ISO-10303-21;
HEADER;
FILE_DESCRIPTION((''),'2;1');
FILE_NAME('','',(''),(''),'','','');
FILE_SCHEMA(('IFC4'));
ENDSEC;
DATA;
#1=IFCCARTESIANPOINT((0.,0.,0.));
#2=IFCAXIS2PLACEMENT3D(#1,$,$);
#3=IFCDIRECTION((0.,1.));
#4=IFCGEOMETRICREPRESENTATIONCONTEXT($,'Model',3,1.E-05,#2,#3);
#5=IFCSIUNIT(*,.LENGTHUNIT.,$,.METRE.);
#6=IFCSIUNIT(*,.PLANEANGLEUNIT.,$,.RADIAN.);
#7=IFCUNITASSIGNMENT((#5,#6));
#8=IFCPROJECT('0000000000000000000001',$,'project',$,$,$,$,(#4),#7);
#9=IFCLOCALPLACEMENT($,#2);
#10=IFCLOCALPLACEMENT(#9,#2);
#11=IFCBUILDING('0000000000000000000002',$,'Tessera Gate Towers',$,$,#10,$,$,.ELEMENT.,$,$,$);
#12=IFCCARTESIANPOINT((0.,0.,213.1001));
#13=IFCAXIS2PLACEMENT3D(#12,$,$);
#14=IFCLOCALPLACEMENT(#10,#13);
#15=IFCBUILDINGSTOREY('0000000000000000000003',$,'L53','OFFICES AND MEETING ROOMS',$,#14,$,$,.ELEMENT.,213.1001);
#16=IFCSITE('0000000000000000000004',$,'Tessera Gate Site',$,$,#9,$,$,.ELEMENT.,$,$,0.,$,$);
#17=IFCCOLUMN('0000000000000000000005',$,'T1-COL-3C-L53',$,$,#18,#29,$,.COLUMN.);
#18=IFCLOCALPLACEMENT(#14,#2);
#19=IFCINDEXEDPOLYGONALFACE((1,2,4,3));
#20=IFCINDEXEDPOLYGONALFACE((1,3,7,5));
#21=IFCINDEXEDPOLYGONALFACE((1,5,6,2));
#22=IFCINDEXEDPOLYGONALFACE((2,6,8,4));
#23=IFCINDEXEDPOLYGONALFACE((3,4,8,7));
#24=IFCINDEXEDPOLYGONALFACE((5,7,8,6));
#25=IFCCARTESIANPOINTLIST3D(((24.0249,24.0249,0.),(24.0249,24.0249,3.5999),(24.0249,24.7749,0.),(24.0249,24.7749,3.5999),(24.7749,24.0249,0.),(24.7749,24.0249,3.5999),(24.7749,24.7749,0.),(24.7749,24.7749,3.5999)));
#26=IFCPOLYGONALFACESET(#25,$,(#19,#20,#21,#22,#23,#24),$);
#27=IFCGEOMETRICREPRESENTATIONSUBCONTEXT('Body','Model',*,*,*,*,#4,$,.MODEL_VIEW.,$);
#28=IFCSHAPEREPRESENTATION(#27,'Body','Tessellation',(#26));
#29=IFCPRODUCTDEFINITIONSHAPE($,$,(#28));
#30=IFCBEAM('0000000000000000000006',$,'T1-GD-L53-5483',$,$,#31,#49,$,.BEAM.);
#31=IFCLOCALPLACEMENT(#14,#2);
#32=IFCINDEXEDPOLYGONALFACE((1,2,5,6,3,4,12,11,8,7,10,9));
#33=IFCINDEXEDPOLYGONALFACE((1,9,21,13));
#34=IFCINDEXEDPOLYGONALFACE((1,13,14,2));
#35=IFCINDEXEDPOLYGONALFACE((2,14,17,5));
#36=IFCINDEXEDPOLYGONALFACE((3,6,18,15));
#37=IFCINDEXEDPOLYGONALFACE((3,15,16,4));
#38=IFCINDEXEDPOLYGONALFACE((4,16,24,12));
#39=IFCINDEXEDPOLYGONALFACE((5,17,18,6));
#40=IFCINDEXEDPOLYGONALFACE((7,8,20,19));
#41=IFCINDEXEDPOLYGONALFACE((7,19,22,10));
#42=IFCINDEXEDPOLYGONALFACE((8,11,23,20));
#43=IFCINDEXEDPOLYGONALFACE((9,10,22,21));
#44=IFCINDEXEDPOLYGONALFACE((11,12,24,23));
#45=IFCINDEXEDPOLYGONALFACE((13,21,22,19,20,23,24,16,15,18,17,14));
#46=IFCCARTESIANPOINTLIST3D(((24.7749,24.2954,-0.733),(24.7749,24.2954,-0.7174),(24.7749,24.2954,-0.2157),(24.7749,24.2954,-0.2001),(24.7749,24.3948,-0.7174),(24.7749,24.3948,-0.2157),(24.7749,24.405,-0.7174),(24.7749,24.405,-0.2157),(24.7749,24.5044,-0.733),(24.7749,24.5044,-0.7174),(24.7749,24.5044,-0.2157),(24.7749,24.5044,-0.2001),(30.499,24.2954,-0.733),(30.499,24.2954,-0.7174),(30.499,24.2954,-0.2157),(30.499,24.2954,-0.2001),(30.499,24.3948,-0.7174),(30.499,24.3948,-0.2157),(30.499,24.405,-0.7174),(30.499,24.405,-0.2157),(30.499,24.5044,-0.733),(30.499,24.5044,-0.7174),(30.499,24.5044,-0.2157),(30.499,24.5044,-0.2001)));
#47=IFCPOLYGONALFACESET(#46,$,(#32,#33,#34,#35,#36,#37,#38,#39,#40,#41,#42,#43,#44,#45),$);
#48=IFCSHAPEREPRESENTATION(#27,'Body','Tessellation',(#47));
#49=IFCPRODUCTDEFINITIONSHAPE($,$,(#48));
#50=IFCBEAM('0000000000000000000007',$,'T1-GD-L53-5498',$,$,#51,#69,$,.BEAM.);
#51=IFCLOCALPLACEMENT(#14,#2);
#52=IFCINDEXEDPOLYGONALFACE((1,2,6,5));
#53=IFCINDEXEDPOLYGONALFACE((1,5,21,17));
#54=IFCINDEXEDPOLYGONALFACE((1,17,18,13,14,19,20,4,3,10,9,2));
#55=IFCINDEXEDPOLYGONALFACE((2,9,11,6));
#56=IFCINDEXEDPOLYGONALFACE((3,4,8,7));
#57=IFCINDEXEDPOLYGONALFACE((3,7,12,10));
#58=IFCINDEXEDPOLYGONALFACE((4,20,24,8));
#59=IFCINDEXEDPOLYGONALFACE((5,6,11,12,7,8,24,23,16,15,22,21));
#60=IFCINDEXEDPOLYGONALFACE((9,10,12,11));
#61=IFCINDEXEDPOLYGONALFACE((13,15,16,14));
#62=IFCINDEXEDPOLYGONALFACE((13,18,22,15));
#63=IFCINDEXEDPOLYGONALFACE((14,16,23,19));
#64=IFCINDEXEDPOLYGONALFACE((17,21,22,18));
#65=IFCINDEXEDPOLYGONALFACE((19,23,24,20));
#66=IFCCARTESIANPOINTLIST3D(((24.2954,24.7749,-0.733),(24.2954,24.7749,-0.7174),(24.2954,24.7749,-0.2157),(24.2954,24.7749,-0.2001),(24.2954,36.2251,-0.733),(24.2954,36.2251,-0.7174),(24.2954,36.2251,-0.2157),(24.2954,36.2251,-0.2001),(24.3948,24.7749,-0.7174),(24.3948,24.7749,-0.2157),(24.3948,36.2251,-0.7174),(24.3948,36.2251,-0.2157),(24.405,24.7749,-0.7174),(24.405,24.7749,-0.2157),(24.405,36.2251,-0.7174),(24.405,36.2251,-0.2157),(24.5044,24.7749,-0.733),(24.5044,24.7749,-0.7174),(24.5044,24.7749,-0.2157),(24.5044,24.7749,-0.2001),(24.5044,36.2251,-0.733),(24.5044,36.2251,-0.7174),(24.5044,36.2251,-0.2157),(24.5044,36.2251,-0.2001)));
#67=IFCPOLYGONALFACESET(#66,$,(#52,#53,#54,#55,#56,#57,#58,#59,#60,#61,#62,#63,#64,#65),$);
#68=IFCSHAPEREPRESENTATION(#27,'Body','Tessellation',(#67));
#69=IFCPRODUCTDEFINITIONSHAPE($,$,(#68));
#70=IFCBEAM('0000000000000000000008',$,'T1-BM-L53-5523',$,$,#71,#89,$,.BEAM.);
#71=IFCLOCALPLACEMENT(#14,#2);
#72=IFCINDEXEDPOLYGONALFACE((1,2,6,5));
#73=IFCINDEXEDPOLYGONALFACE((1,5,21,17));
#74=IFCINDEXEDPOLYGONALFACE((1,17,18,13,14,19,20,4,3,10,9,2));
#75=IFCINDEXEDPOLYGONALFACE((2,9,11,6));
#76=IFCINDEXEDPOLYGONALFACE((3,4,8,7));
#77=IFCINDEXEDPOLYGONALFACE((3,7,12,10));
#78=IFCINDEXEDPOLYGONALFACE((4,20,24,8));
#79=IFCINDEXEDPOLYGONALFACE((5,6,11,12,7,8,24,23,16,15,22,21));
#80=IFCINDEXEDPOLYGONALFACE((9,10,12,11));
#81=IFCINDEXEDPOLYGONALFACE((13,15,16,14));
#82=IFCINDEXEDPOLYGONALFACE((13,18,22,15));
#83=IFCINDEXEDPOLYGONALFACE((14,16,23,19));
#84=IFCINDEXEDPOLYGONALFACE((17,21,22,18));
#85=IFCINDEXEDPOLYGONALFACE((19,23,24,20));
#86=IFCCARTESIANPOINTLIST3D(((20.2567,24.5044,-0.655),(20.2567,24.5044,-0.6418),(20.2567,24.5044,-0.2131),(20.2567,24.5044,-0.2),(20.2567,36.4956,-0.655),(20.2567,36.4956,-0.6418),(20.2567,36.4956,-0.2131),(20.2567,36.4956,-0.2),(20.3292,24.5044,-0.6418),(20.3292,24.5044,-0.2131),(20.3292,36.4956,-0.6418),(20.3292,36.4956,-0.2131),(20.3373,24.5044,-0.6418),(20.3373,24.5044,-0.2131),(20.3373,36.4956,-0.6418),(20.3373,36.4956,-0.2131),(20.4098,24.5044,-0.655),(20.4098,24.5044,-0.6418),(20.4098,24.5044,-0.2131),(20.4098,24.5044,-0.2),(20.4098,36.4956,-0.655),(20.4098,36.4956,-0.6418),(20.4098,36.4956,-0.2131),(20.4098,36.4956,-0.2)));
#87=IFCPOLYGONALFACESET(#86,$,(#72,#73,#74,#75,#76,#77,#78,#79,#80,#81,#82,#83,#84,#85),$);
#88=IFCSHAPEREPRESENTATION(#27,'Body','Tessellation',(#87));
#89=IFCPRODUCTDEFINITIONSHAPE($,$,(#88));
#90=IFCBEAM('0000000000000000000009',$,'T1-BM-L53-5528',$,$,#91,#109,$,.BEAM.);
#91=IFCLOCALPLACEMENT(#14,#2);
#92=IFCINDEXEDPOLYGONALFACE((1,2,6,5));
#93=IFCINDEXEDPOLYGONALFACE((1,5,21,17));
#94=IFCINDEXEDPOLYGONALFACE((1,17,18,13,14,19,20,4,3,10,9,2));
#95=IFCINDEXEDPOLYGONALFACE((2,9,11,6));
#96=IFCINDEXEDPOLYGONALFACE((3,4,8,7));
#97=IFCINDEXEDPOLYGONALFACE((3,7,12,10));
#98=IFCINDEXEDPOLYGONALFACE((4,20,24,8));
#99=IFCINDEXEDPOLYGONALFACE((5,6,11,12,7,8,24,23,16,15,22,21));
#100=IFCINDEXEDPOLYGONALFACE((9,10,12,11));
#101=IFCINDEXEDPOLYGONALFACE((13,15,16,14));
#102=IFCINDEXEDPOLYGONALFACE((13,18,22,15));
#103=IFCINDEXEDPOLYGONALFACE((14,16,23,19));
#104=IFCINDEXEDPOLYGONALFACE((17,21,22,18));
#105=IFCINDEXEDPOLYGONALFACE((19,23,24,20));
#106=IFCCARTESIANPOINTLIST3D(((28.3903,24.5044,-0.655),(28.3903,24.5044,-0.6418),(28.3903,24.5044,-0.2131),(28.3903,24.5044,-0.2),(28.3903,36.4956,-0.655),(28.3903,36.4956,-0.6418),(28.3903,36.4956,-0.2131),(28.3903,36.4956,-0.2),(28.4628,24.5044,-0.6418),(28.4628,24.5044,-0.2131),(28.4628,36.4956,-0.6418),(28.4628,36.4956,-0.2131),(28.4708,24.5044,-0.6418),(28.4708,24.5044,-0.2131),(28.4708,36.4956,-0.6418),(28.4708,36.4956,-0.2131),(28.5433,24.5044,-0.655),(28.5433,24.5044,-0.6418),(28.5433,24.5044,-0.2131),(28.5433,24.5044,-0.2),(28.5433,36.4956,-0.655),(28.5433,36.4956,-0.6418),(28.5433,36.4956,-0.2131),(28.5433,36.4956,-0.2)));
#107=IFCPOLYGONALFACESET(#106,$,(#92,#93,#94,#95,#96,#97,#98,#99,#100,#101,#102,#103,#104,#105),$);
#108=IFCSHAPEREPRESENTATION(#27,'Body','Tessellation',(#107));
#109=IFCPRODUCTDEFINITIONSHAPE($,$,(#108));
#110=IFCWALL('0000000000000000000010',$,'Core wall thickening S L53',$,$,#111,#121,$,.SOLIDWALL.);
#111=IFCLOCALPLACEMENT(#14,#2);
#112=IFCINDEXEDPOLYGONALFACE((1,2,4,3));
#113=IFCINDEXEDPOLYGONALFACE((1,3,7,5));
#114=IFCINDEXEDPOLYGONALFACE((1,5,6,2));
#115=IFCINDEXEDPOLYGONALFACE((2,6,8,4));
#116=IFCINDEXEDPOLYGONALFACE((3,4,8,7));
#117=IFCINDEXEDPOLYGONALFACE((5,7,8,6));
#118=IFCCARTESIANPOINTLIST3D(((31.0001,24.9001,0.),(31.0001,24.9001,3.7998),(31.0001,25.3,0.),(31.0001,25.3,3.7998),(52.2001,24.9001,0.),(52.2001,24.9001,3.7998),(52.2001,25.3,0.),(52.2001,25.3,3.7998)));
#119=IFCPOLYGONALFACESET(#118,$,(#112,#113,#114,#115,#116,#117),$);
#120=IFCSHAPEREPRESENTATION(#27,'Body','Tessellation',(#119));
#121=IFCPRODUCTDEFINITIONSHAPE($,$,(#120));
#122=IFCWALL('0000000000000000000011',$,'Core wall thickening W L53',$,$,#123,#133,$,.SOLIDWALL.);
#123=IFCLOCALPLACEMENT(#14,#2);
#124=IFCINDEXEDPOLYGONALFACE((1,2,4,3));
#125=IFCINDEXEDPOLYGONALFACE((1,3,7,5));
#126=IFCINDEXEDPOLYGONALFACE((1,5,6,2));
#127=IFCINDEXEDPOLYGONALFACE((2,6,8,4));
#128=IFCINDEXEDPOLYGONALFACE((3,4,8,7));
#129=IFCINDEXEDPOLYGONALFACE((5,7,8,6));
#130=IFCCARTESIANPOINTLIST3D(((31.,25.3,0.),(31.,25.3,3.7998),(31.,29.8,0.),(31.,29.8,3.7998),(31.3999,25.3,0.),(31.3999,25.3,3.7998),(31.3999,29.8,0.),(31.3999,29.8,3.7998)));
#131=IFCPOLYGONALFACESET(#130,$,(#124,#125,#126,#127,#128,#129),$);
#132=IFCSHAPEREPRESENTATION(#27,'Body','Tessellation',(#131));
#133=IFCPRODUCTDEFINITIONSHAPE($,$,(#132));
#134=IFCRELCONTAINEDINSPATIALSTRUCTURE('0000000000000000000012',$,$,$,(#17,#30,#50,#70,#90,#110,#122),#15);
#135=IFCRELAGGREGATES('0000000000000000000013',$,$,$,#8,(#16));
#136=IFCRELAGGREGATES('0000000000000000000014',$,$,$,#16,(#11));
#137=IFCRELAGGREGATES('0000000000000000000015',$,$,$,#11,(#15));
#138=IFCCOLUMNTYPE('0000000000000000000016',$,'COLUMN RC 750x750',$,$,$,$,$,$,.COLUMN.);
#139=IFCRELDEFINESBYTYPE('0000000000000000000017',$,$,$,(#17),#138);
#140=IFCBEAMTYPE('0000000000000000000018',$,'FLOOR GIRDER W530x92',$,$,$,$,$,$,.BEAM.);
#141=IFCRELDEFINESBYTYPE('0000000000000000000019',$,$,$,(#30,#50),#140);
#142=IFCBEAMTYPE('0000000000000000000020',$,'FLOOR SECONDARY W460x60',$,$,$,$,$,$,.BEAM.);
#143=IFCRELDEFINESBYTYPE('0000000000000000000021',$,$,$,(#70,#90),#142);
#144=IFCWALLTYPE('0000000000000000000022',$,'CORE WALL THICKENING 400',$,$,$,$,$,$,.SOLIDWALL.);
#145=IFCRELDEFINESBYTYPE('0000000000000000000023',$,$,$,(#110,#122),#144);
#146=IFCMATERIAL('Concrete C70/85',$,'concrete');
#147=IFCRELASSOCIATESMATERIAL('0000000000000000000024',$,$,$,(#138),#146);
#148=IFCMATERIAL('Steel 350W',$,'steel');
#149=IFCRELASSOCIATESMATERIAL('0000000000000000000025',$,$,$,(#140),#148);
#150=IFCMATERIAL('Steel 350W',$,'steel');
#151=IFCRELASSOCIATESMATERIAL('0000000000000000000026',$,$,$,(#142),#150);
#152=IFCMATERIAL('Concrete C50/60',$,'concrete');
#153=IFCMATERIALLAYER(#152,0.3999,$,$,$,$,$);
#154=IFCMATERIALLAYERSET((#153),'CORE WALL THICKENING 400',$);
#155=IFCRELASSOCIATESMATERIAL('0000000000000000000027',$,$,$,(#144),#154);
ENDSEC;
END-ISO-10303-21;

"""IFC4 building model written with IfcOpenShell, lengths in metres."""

from ifc_helpers import new_model, si_unit, direction, frame, frame_2d, origin, origin_2d, place, context, subcontext, project, spatial, rectangle, i_section, extrude, material, layer, layer_set, material_profile, profile_set, type_object, element, save


model = new_model("IFC4")

# Units and contexts
model_context = context("Model", 3, precision=1e-05, world=origin(), true_north=direction((0.0, 1.0)))
body_context = subcontext(model_context, "Body", "Model", "MODEL_VIEW")
ifc_project = project(units=[si_unit("LENGTHUNIT", "METRE"), si_unit("PLANEANGLEUNIT", "RADIAN")], contexts=[model_context])

# Site, building, storey
site_placement = place(None, origin())
site = spatial("IfcSite", under=ifc_project, at=site_placement, Name="Tessera Gate Site", CompositionType="ELEMENT", RefElevation=0.0)
building_placement = place(site_placement, origin())
building = spatial("IfcBuilding", under=site, at=building_placement, Name="Tessera Gate Towers", CompositionType="ELEMENT")
storey_placement = place(building_placement, frame((0.0, 0.0, 213.1001)))
storey = spatial("IfcBuildingStorey", under=building, at=storey_placement, Name="L53", Description="OFFICES AND MEETING ROOMS", CompositionType="ELEMENT", Elevation=213.1001)

# Column
ifc_material_1 = material(Name="Concrete C70/85", Category="concrete")
ifc_material_profile_1 = material_profile(ifc_material_1, rectangle(XDim=0.75, YDim=0.75, at=origin_2d()), Name="RC 750x750")
ifc_profile_set_1 = profile_set([ifc_material_profile_1], Name="Concrete C70/85")
column_type = type_object("IfcColumnType", Name="COLUMN RC 750x750", PredefinedType="COLUMN", material=ifc_profile_set_1)
column_placement = place(storey_placement, frame((24.3999, 24.3999, 0.0), z_axis=(0.0, 0.0, 1.0), x_axis=(1.0, 0.0, 0.0)))
element("IfcColumn", 1, at=column_placement, inside=storey, type_object=column_type, Name="T1-COL-3C-L53", PredefinedType="COLUMN", context=body_context, shape_type="SweptSolid", body=[
    extrude(rectangle(XDim=0.75, YDim=0.75, at=origin_2d()), origin(), (0.0, 0.0, 1.0), 3.5999),
])

# Beams
ifc_material_2 = material(Name="Steel 350W", Category="steel")
ifc_material_profile_2 = material_profile(ifc_material_2, i_section(OverallWidth=0.209, OverallDepth=0.533, WebThickness=0.0103, FlangeThickness=0.0156, at=origin_2d()), Name="W530x92")
ifc_profile_set_2 = profile_set([ifc_material_profile_2], Name="Steel 350W")
beam_type_1 = type_object("IfcBeamType", Name="FLOOR GIRDER W530x92", PredefinedType="BEAM", material=ifc_profile_set_2)
beam_1_placement = place(storey_placement, frame((24.7749, 24.3999, -0.4666), z_axis=(1.0, 0.0, 0.0), x_axis=(0.0, 1.0, 0.0)))
element("IfcBeam", 2, at=beam_1_placement, inside=storey, type_object=beam_type_1, Name="T1-GD-L53-5483", PredefinedType="BEAM", context=body_context, shape_type="SweptSolid", body=[
    extrude(i_section(OverallWidth=0.209, OverallDepth=0.533, WebThickness=0.0103, FlangeThickness=0.0156, at=origin_2d()), origin(), (0.0, 0.0, 1.0), 5.7241),
])
beam_2_placement = place(storey_placement, frame((24.3999, 24.7749, -0.4666), z_axis=(0.0, 1.0, 0.0), x_axis=(-1.0, 0.0, 0.0)))
element("IfcBeam", 3, at=beam_2_placement, inside=storey, type_object=beam_type_1, Name="T1-GD-L53-5498", PredefinedType="BEAM", context=body_context, shape_type="SweptSolid", body=[
    extrude(i_section(OverallWidth=0.209, OverallDepth=0.533, WebThickness=0.0103, FlangeThickness=0.0156, at=origin_2d()), origin(), (0.0, 0.0, 1.0), 11.4502),
])
ifc_material_3 = material(Name="Steel 350W", Category="steel")
ifc_material_profile_3 = material_profile(ifc_material_3, i_section(OverallWidth=0.1531, OverallDepth=0.4551, WebThickness=0.0081, FlangeThickness=0.0132, at=origin_2d()), Name="W460x60")
ifc_profile_set_3 = profile_set([ifc_material_profile_3], Name="Steel 350W")
beam_type_2 = type_object("IfcBeamType", Name="FLOOR SECONDARY W460x60", PredefinedType="BEAM", material=ifc_profile_set_3)
for number, where, z_axis, x_axis, name in (
    (4, (20.3333, 24.5044, -0.4275), (0.0, 1.0, 0.0), (-1.0, 0.0, 0.0), "T1-BM-L53-5523"),
    (5, (28.4668, 24.5044, -0.4275), (0.0, 1.0, 0.0), (-1.0, 0.0, 0.0), "T1-BM-L53-5528"),
):
    element("IfcBeam", number, at=place(storey_placement, frame(where, z_axis=z_axis, x_axis=x_axis)), inside=storey, type_object=beam_type_2, Name=name, PredefinedType="BEAM", context=body_context, shape_type="SweptSolid", body=[
        extrude(i_section(OverallWidth=0.1531, OverallDepth=0.4551, WebThickness=0.0081, FlangeThickness=0.0132, at=origin_2d()), origin(), (0.0, 0.0, 1.0), 11.9912),
    ])

# Walls
ifc_material_4 = material(Name="Concrete C50/60", Category="concrete")
ifc_layer_1 = layer(ifc_material_4, 0.3999)
ifc_layer_set_1 = layer_set([ifc_layer_1], Name="CORE WALL THICKENING 400")
wall_type_1 = type_object("IfcWallType", Name="CORE WALL THICKENING 400", PredefinedType="SOLIDWALL", material=ifc_layer_set_1)
wall_1_placement = place(storey_placement, frame((31.0, 25.1001, 0.0), z_axis=(0.0, 0.0, 1.0), x_axis=(1.0, 0.0, 0.0)))
element("IfcWall", 6, at=wall_1_placement, inside=storey, type_object=wall_type_1, Name="Core wall thickening S L53", PredefinedType="SOLIDWALL", context=body_context, shape_type="SweptSolid", body=[
    extrude(rectangle(XDim=21.2, YDim=0.3999, at=frame_2d((10.6001, 0.0))), origin(), (0.0, 0.0, 1.0), 3.7998),
])
wall_2_placement = place(storey_placement, frame((31.2, 25.3, 0.0), z_axis=(0.0, 0.0, 1.0), x_axis=(0.0, 1.0, 0.0)))
element("IfcWall", 7, at=wall_2_placement, inside=storey, type_object=wall_type_1, Name="Core wall thickening W L53", PredefinedType="SOLIDWALL", context=body_context, shape_type="SweptSolid", body=[
    extrude(rectangle(XDim=4.5, YDim=0.3999, at=frame_2d((2.25, 0.0))), origin(), (0.0, 0.0, 1.0), 3.7998),
])

save(model, "model.ifc")
